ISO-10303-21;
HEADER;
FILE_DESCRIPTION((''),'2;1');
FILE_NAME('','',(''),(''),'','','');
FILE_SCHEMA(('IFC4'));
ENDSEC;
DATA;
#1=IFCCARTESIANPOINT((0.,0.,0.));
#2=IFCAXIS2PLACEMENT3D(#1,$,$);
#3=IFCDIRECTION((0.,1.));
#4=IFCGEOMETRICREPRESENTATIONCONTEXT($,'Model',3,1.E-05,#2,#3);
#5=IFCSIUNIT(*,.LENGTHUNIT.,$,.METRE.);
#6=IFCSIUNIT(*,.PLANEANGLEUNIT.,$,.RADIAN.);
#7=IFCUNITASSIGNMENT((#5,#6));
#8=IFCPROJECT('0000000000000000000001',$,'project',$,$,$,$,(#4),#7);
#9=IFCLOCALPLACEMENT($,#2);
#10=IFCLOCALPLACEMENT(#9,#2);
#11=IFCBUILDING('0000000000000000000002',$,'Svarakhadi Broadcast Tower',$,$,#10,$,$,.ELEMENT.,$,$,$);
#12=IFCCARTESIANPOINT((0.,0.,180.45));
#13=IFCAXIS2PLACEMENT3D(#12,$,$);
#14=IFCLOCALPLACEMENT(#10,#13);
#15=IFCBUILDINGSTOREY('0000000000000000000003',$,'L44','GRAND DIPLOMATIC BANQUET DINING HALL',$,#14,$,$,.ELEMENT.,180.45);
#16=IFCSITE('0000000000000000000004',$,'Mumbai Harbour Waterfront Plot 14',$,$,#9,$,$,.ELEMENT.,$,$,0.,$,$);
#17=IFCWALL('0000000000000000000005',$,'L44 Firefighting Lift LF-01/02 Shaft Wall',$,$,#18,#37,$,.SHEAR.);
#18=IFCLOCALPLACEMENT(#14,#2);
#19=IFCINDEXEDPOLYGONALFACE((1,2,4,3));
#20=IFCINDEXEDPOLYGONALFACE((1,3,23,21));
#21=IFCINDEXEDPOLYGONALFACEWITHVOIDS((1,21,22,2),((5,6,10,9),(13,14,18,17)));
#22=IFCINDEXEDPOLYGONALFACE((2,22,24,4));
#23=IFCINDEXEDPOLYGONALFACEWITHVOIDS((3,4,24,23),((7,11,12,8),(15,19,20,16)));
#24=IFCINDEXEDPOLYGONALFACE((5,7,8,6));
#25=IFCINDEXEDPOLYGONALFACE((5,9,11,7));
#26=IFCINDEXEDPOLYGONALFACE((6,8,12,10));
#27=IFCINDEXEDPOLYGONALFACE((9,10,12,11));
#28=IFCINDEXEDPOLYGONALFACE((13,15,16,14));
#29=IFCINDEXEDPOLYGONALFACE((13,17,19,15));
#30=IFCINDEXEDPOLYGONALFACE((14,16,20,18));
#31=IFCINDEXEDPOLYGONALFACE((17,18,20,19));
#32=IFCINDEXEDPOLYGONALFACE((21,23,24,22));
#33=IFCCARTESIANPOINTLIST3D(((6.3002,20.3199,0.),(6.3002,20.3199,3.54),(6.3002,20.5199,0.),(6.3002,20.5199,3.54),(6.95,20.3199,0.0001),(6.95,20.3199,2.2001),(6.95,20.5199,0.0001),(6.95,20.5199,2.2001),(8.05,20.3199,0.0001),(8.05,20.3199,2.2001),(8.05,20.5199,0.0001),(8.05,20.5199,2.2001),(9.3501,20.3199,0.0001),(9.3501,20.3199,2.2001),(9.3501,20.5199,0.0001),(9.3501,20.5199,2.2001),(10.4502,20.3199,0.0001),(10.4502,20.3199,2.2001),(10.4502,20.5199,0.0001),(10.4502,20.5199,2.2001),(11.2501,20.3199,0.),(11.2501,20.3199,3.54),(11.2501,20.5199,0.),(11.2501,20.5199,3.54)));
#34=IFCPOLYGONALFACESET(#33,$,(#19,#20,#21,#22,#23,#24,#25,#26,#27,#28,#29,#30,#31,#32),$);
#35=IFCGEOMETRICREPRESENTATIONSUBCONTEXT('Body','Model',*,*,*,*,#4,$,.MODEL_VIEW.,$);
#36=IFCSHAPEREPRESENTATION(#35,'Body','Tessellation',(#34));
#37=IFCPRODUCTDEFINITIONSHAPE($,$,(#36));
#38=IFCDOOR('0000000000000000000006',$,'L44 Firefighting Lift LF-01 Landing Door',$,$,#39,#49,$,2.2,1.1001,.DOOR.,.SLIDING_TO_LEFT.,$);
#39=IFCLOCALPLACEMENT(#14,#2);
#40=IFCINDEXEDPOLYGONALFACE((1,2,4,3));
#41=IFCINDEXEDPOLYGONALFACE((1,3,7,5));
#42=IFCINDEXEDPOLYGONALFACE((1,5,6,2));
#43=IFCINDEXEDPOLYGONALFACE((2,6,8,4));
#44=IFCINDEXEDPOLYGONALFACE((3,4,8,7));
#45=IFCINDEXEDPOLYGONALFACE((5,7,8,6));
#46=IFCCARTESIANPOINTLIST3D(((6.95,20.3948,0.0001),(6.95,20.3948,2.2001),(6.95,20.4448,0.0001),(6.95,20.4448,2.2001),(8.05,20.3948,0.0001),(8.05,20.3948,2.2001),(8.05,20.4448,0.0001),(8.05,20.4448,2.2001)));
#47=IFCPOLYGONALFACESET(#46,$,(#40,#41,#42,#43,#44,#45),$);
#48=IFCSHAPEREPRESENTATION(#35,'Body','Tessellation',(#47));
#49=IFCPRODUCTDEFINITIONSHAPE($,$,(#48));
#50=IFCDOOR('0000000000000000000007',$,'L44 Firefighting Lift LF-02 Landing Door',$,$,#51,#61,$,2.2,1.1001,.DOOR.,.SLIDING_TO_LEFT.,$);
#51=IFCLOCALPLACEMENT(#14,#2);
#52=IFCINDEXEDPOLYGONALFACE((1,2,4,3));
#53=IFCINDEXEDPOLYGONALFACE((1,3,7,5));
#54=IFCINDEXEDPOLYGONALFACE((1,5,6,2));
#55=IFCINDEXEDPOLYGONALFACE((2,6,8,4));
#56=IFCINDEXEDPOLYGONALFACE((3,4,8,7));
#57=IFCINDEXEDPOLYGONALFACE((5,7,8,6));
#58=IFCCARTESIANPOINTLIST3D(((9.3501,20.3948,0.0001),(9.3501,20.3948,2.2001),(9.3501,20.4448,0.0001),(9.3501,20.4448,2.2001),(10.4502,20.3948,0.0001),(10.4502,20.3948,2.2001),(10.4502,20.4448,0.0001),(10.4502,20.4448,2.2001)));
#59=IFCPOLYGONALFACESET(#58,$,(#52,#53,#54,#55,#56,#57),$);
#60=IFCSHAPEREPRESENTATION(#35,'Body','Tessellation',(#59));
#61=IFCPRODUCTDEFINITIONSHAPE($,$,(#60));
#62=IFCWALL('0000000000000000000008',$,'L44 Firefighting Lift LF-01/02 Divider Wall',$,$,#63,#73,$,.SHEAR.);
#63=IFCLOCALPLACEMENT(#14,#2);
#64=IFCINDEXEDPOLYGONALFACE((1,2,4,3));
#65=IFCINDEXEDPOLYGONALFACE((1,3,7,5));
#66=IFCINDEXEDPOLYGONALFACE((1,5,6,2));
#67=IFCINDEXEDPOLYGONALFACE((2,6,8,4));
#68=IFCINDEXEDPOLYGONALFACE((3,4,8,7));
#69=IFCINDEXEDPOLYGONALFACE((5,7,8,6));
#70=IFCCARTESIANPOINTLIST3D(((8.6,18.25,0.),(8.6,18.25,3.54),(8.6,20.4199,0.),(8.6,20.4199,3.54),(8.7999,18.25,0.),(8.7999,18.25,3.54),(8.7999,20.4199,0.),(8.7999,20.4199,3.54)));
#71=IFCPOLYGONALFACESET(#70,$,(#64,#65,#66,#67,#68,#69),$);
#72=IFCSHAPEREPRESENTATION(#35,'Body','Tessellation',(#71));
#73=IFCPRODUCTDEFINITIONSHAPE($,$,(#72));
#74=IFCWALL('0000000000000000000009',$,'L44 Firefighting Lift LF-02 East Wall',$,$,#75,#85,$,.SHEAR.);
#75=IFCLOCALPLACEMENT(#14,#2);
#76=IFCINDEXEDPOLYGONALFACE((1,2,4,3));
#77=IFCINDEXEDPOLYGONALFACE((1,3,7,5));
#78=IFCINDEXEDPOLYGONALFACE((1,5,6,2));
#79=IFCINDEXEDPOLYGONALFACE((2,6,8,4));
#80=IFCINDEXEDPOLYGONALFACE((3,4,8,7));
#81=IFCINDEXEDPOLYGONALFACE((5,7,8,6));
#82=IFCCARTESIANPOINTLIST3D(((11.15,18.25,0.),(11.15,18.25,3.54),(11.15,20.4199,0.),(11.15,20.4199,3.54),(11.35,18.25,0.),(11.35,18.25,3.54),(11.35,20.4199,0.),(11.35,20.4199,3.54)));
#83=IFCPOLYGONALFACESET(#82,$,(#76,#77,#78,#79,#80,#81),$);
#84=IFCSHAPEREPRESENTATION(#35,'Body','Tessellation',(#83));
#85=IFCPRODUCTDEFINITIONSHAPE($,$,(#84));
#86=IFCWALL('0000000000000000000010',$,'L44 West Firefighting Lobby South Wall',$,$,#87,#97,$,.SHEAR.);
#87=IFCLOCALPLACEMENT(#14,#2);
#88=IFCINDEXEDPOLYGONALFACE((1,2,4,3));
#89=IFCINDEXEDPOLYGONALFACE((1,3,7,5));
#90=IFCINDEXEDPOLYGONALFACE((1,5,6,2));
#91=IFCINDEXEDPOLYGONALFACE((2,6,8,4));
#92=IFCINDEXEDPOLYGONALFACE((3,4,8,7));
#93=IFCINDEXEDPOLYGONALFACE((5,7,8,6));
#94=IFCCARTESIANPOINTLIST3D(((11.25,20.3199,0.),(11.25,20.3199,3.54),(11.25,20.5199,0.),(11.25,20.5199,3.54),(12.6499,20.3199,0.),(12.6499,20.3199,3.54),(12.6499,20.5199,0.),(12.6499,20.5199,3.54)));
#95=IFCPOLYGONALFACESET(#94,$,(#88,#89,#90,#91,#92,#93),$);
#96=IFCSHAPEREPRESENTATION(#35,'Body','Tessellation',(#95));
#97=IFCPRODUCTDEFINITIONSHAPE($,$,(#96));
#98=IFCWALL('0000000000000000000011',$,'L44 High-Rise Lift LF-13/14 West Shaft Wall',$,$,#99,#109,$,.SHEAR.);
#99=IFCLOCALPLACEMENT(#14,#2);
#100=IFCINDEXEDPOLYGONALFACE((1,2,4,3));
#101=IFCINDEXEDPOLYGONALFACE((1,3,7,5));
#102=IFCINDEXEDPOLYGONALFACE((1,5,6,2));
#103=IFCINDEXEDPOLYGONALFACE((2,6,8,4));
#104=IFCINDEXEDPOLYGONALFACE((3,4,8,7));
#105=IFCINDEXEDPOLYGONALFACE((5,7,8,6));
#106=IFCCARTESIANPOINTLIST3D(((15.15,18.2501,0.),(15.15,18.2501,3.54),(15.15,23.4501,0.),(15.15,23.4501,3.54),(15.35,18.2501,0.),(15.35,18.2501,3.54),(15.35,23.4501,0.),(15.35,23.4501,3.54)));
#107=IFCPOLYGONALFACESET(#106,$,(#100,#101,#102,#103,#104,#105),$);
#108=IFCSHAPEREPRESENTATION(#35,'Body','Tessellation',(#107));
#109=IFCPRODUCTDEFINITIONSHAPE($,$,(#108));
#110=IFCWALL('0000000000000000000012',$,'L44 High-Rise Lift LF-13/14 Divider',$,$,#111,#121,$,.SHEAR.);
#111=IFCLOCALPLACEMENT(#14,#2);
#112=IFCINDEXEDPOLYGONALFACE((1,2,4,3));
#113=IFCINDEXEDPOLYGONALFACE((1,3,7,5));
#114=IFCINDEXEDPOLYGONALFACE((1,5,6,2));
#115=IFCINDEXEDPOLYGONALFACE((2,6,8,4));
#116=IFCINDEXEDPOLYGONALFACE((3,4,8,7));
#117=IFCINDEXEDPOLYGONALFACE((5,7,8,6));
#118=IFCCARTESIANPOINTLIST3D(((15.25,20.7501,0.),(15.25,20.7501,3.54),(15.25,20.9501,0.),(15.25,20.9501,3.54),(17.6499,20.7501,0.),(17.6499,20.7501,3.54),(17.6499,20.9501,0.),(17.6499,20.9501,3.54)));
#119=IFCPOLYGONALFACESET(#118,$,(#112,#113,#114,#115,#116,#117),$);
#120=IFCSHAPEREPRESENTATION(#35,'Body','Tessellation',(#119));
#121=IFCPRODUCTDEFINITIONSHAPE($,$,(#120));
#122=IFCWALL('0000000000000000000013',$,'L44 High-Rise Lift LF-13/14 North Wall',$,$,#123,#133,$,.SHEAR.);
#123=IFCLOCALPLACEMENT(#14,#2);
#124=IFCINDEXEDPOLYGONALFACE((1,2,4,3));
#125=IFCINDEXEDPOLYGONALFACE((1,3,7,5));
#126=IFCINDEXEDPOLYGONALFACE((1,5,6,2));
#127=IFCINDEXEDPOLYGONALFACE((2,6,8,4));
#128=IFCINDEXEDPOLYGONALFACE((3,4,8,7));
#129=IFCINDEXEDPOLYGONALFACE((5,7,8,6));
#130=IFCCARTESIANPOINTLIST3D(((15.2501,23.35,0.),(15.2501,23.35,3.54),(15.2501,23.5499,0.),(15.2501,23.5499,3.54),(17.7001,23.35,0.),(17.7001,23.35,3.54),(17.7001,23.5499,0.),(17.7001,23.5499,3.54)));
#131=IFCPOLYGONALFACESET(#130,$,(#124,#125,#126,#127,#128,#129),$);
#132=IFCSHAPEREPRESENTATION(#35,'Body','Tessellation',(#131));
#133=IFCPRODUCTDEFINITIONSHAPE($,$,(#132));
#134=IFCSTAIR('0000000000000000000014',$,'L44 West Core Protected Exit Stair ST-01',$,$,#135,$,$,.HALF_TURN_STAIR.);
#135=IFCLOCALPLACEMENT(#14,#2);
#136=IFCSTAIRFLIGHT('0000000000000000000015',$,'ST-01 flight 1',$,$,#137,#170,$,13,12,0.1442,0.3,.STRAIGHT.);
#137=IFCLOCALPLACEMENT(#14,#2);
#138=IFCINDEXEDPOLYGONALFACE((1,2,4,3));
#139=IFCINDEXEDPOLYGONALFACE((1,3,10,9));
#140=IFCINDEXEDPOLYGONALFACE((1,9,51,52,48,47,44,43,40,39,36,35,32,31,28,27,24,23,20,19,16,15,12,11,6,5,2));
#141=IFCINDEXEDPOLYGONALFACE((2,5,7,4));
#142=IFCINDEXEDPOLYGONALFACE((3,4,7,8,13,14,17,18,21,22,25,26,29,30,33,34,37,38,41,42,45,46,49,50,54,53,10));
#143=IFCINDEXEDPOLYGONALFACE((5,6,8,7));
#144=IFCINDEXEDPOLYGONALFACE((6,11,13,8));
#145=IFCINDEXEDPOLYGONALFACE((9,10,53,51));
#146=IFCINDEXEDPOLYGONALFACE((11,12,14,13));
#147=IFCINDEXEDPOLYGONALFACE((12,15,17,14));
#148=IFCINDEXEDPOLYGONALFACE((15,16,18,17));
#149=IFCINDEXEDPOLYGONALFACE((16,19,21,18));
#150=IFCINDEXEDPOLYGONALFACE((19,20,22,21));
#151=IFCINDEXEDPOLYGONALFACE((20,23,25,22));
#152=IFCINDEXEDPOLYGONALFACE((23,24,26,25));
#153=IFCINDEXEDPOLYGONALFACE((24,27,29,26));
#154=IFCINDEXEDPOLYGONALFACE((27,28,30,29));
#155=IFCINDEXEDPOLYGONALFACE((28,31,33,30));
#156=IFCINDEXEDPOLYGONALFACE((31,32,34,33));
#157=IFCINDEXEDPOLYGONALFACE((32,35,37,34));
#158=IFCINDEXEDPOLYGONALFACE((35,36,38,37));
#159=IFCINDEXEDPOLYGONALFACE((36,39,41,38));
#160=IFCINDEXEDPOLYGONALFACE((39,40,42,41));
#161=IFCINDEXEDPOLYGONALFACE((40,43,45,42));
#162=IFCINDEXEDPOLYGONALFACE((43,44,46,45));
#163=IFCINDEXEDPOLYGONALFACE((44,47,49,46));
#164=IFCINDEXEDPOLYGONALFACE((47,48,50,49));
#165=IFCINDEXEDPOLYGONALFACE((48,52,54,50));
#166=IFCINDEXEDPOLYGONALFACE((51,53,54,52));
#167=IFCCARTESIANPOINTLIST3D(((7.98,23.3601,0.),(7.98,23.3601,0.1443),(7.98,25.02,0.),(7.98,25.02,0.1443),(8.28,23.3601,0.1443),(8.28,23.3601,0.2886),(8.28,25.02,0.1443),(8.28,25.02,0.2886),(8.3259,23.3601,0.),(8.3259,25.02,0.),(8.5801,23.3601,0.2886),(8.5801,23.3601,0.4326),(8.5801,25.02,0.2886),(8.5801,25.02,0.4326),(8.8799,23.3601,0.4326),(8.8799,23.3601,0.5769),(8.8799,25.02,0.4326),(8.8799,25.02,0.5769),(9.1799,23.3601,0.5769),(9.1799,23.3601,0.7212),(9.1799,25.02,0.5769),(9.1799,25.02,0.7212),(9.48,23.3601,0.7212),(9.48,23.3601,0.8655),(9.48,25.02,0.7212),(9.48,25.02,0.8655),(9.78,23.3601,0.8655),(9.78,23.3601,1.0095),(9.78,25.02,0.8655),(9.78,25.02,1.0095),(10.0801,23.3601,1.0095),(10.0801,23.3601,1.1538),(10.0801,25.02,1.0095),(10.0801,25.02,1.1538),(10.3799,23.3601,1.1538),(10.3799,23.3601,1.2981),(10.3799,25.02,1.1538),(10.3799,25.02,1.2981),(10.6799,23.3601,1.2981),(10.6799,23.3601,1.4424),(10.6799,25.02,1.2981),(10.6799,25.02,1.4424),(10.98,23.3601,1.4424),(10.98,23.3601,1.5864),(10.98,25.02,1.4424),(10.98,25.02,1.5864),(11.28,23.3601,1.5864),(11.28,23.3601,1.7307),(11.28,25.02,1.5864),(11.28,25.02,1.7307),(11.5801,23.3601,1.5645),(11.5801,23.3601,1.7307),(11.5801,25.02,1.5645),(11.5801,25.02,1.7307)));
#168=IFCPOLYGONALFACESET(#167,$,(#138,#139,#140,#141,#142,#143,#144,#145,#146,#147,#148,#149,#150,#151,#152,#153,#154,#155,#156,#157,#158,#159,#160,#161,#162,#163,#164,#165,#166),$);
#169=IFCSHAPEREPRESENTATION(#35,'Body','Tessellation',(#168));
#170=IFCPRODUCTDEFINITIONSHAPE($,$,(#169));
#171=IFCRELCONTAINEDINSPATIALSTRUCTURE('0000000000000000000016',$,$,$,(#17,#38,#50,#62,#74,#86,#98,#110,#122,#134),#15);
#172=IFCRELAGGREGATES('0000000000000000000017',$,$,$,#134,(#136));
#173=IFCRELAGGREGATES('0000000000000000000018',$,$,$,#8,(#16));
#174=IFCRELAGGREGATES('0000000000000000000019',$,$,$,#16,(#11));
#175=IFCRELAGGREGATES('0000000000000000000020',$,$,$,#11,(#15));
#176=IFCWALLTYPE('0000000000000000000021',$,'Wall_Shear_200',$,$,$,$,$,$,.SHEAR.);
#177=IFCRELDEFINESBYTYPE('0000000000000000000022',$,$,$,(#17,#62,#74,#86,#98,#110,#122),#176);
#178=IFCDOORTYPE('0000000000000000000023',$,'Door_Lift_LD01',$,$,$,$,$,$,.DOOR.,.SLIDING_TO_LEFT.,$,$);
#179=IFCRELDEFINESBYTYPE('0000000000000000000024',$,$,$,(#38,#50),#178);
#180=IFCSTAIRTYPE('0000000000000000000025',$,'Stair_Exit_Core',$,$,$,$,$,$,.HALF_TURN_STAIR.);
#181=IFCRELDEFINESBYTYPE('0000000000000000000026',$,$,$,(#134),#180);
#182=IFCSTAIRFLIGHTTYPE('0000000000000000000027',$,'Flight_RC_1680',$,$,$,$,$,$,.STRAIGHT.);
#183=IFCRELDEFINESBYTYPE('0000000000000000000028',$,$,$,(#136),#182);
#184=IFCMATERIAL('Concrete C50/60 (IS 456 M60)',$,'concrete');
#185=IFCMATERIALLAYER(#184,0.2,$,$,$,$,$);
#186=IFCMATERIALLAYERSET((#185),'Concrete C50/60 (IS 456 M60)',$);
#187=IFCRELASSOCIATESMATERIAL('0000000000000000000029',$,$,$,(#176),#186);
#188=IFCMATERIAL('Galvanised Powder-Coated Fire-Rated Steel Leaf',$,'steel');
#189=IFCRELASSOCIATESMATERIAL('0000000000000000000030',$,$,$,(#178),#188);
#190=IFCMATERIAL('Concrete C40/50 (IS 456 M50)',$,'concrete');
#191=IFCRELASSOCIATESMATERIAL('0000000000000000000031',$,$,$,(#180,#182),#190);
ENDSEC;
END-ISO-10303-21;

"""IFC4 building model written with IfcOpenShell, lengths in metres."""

from ifc_helpers import new_model, si_unit, direction, frame, frame_2d, origin, place, context, subcontext, project, spatial, polyline, rectangle, outline, extrude, material, layer, layer_set, type_object, element, fill, aggregate, save


model = new_model("IFC4")

# Units and contexts
model_context = context("Model", 3, precision=1e-05, world=origin(), true_north=direction((0.0, 1.0)))
body_context = subcontext(model_context, "Body", "Model", "MODEL_VIEW")
ifc_project = project(units=[si_unit("LENGTHUNIT", "METRE"), si_unit("PLANEANGLEUNIT", "RADIAN")], contexts=[model_context])

# Site, building, storey
site_placement = place(None, origin())
site = spatial("IfcSite", under=ifc_project, at=site_placement, Name="Mumbai Harbour Waterfront Plot 14", CompositionType="ELEMENT", RefElevation=0.0)
building_placement = place(site_placement, origin())
building = spatial("IfcBuilding", under=site, at=building_placement, Name="Svarakhadi Broadcast Tower", CompositionType="ELEMENT")
storey_placement = place(building_placement, frame((0.0, 0.0, 180.45)))
storey = spatial("IfcBuildingStorey", under=building, at=storey_placement, Name="L44", Description="GRAND DIPLOMATIC BANQUET DINING HALL", CompositionType="ELEMENT", Elevation=180.45)

# Shared definitions
ifc_material_1 = material(Name="Concrete C50/60 (IS 456 M60)", Category="concrete")

# Shared definitions
ifc_material_2 = material(Name="Concrete C40/50 (IS 456 M50)", Category="concrete")

# Shared definitions
ifc_layer_1 = layer(ifc_material_1, 0.2)
ifc_layer_set_1 = layer_set([ifc_layer_1], Name="Concrete C50/60 (IS 456 M60)")
wall_type_1 = type_object("IfcWallType", Name="Wall_Shear_200", PredefinedType="SHEAR", material=ifc_layer_set_1)
ifc_material_3 = material(Name="Galvanised Powder-Coated Fire-Rated Steel Leaf", Category="steel")

# Wall, openings, doors
wall_1_placement = place(storey_placement, frame((6.3, 20.4199, 0.0), z_axis=(0.0, 0.0, 1.0), x_axis=(1.0, 0.0, 0.0)))
wall_1 = element("IfcWall", 1, at=wall_1_placement, inside=storey, type_object=wall_type_1, Name="L44 Firefighting Lift LF-01/02 Shaft Wall", PredefinedType="SHEAR", context=body_context, shape_type="SweptSolid", body=[
    extrude(rectangle(XDim=4.95, YDim=0.2, at=frame_2d((2.4751, 0.0))), origin(), (0.0, 0.0, 1.0), 3.54),
])
opening_1_placement = place(wall_1_placement, frame((0.6499, 0.0, 0.0)))
opening_1 = element("IfcOpeningElement", 2, at=opening_1_placement, cuts=wall_1, PredefinedType="OPENING", context=body_context, shape_type="SweptSolid", body=[
    extrude(rectangle(XDim=1.1001, YDim=2.2, at=frame_2d((0.55, 1.1001))), frame((0.0, 0.1099, 0.0), z_axis=(0.0, -1.0, 0.0), x_axis=(1.0, 0.0, 0.0)), (0.0, 0.0, 1.0), 0.22),
])
opening_2_placement = place(wall_1_placement, frame((3.05, 0.0, 0.0)))
opening_2 = element("IfcOpeningElement", 3, at=opening_2_placement, cuts=wall_1, PredefinedType="OPENING", context=body_context, shape_type="SweptSolid", body=[
    extrude(rectangle(XDim=1.1001, YDim=2.2, at=frame_2d((0.55, 1.1001))), frame((0.0, 0.1099, 0.0), z_axis=(0.0, -1.0, 0.0), x_axis=(1.0, 0.0, 0.0)), (0.0, 0.0, 1.0), 0.22),
])
door_type_1 = type_object("IfcDoorType", Name="Door_Lift_LD01", OperationType="SLIDING_TO_LEFT", PredefinedType="DOOR", material=ifc_material_3)
door_1_placement = place(opening_1_placement, origin())
door_1 = element("IfcDoor", 4, at=door_1_placement, inside=storey, type_object=door_type_1, Name="L44 Firefighting Lift LF-01 Landing Door", OperationType="SLIDING_TO_LEFT", OverallHeight=2.2, OverallWidth=1.1001, PredefinedType="DOOR", context=body_context, shape_type="SweptSolid", body=[
    extrude(rectangle(XDim=1.1001, YDim=2.2, at=frame_2d((0.55, 1.1001))), frame((0.0, 0.0249, 0.0), z_axis=(0.0, -1.0, 0.0), x_axis=(1.0, 0.0, 0.0)), (0.0, 0.0, 1.0), 0.05),
])
fill(opening_1, door_1)
door_2_placement = place(opening_2_placement, origin())
door_2 = element("IfcDoor", 5, at=door_2_placement, inside=storey, type_object=door_type_1, Name="L44 Firefighting Lift LF-02 Landing Door", OperationType="SLIDING_TO_LEFT", OverallHeight=2.2, OverallWidth=1.1001, PredefinedType="DOOR", context=body_context, shape_type="SweptSolid", body=[
    extrude(rectangle(XDim=1.1001, YDim=2.2, at=frame_2d((0.55, 1.1001))), frame((0.0, 0.0249, 0.0), z_axis=(0.0, -1.0, 0.0), x_axis=(1.0, 0.0, 0.0)), (0.0, 0.0, 1.0), 0.05),
])
fill(opening_2, door_2)

# Walls
for number, where, z_axis, x_axis, name in (
    (6, (8.7, 18.25, 0.0), (0.0, 0.0, 1.0), (0.0, 1.0, 0.0), "L44 Firefighting Lift LF-01/02 Divider Wall"),
    (7, (11.25, 18.25, 0.0), (0.0, 0.0, 1.0), (0.0, 1.0, 0.0), "L44 Firefighting Lift LF-02 East Wall"),
):
    element("IfcWall", number, at=place(storey_placement, frame(where, z_axis=z_axis, x_axis=x_axis)), inside=storey, type_object=wall_type_1, Name=name, PredefinedType="SHEAR", context=body_context, shape_type="SweptSolid", body=[
        extrude(rectangle(XDim=2.1699, YDim=0.2, at=frame_2d((1.085, 0.0))), origin(), (0.0, 0.0, 1.0), 3.54),
    ])
wall_2_placement = place(storey_placement, frame((11.25, 20.4199, 0.0), z_axis=(0.0, 0.0, 1.0), x_axis=(1.0, 0.0, 0.0)))
element("IfcWall", 8, at=wall_2_placement, inside=storey, type_object=wall_type_1, Name="L44 West Firefighting Lobby South Wall", PredefinedType="SHEAR", context=body_context, shape_type="SweptSolid", body=[
    extrude(rectangle(XDim=1.3999, YDim=0.2, at=frame_2d((0.7, 0.0))), origin(), (0.0, 0.0, 1.0), 3.54),
])

# Walls
wall_3_placement = place(storey_placement, frame((15.25, 18.25, 0.0), z_axis=(0.0, 0.0, 1.0), x_axis=(0.0, 1.0, 0.0)))
element("IfcWall", 9, at=wall_3_placement, inside=storey, type_object=wall_type_1, Name="L44 High-Rise Lift LF-13/14 West Shaft Wall", PredefinedType="SHEAR", context=body_context, shape_type="SweptSolid", body=[
    extrude(rectangle(XDim=5.2, YDim=0.2, at=frame_2d((2.6001, 0.0))), origin(), (0.0, 0.0, 1.0), 3.54),
])
wall_4_placement = place(storey_placement, frame((15.25, 20.8501, 0.0), z_axis=(0.0, 0.0, 1.0), x_axis=(1.0, 0.0, 0.0)))
element("IfcWall", 10, at=wall_4_placement, inside=storey, type_object=wall_type_1, Name="L44 High-Rise Lift LF-13/14 Divider", PredefinedType="SHEAR", context=body_context, shape_type="SweptSolid", body=[
    extrude(rectangle(XDim=2.3999, YDim=0.2, at=frame_2d((1.2, 0.0))), origin(), (0.0, 0.0, 1.0), 3.54),
])
wall_5_placement = place(storey_placement, frame((15.25, 23.45, 0.0), z_axis=(0.0, 0.0, 1.0), x_axis=(1.0, 0.0, 0.0)))
element("IfcWall", 11, at=wall_5_placement, inside=storey, type_object=wall_type_1, Name="L44 High-Rise Lift LF-13/14 North Wall", PredefinedType="SHEAR", context=body_context, shape_type="SweptSolid", body=[
    extrude(rectangle(XDim=2.45, YDim=0.2, at=frame_2d((1.2251, 0.0))), origin(), (0.0, 0.0, 1.0), 3.54),
])

# Stair, stair flight
stair_type = type_object("IfcStairType", Name="Stair_Exit_Core", PredefinedType="HALF_TURN_STAIR", material=ifc_material_2)
stair_placement = place(storey_placement, origin())
stair = element("IfcStair", 12, at=stair_placement, inside=storey, type_object=stair_type, Name="L44 West Core Protected Exit Stair ST-01", PredefinedType="HALF_TURN_STAIR")
stair_flight_type = type_object("IfcStairFlightType", Name="Flight_RC_1680", PredefinedType="STRAIGHT", material=ifc_material_2)
stair_flight_1_placement = place(storey_placement, frame((7.98, 24.1899, 0.0), z_axis=(0.0, 0.0, 1.0), x_axis=(1.0, 0.0, 0.0)))
stair_flight_1 = element("IfcStairFlight", 13, at=stair_flight_1_placement, type_object=stair_flight_type, Name="ST-01 flight 1", NumberOfRisers=13, NumberOfTreads=12, PredefinedType="STRAIGHT", RiserHeight=0.1442, TreadLength=0.3, context=body_context, shape_type="SweptSolid", body=[
    extrude(outline(polyline([(0.0, 0.0), (0.0, 0.1443), (0.3, 0.1443), (0.3, 0.2886), (0.6001, 0.2886), (0.6001, 0.4326), (0.8999, 0.4326), (0.8999, 0.5769), (1.2, 0.5769), (1.2, 0.7212), (1.5, 0.7212), (1.5, 0.8655), (1.8, 0.8655), (1.8, 1.0095), (2.1001, 1.0095), (2.1001, 1.1538), (2.3999, 1.1538), (2.3999, 1.2981), (2.7, 1.2981), (2.7, 1.4424), (3.0, 1.4424), (3.0, 1.5864), (3.3, 1.5864), (3.3, 1.7307), (3.6001, 1.7307), (3.6001, 1.875), (3.6001, 1.5645), (0.3459, 0.0), (0.0, 0.0)])), frame((0.0, 0.8301, 0.0), z_axis=(0.0, -1.0, 0.0), x_axis=(1.0, 0.0, 0.0)), (0.0, 0.0, 1.0), 1.6599),
])
aggregate(stair, [stair_flight_1])

save(model, "model.ifc")
